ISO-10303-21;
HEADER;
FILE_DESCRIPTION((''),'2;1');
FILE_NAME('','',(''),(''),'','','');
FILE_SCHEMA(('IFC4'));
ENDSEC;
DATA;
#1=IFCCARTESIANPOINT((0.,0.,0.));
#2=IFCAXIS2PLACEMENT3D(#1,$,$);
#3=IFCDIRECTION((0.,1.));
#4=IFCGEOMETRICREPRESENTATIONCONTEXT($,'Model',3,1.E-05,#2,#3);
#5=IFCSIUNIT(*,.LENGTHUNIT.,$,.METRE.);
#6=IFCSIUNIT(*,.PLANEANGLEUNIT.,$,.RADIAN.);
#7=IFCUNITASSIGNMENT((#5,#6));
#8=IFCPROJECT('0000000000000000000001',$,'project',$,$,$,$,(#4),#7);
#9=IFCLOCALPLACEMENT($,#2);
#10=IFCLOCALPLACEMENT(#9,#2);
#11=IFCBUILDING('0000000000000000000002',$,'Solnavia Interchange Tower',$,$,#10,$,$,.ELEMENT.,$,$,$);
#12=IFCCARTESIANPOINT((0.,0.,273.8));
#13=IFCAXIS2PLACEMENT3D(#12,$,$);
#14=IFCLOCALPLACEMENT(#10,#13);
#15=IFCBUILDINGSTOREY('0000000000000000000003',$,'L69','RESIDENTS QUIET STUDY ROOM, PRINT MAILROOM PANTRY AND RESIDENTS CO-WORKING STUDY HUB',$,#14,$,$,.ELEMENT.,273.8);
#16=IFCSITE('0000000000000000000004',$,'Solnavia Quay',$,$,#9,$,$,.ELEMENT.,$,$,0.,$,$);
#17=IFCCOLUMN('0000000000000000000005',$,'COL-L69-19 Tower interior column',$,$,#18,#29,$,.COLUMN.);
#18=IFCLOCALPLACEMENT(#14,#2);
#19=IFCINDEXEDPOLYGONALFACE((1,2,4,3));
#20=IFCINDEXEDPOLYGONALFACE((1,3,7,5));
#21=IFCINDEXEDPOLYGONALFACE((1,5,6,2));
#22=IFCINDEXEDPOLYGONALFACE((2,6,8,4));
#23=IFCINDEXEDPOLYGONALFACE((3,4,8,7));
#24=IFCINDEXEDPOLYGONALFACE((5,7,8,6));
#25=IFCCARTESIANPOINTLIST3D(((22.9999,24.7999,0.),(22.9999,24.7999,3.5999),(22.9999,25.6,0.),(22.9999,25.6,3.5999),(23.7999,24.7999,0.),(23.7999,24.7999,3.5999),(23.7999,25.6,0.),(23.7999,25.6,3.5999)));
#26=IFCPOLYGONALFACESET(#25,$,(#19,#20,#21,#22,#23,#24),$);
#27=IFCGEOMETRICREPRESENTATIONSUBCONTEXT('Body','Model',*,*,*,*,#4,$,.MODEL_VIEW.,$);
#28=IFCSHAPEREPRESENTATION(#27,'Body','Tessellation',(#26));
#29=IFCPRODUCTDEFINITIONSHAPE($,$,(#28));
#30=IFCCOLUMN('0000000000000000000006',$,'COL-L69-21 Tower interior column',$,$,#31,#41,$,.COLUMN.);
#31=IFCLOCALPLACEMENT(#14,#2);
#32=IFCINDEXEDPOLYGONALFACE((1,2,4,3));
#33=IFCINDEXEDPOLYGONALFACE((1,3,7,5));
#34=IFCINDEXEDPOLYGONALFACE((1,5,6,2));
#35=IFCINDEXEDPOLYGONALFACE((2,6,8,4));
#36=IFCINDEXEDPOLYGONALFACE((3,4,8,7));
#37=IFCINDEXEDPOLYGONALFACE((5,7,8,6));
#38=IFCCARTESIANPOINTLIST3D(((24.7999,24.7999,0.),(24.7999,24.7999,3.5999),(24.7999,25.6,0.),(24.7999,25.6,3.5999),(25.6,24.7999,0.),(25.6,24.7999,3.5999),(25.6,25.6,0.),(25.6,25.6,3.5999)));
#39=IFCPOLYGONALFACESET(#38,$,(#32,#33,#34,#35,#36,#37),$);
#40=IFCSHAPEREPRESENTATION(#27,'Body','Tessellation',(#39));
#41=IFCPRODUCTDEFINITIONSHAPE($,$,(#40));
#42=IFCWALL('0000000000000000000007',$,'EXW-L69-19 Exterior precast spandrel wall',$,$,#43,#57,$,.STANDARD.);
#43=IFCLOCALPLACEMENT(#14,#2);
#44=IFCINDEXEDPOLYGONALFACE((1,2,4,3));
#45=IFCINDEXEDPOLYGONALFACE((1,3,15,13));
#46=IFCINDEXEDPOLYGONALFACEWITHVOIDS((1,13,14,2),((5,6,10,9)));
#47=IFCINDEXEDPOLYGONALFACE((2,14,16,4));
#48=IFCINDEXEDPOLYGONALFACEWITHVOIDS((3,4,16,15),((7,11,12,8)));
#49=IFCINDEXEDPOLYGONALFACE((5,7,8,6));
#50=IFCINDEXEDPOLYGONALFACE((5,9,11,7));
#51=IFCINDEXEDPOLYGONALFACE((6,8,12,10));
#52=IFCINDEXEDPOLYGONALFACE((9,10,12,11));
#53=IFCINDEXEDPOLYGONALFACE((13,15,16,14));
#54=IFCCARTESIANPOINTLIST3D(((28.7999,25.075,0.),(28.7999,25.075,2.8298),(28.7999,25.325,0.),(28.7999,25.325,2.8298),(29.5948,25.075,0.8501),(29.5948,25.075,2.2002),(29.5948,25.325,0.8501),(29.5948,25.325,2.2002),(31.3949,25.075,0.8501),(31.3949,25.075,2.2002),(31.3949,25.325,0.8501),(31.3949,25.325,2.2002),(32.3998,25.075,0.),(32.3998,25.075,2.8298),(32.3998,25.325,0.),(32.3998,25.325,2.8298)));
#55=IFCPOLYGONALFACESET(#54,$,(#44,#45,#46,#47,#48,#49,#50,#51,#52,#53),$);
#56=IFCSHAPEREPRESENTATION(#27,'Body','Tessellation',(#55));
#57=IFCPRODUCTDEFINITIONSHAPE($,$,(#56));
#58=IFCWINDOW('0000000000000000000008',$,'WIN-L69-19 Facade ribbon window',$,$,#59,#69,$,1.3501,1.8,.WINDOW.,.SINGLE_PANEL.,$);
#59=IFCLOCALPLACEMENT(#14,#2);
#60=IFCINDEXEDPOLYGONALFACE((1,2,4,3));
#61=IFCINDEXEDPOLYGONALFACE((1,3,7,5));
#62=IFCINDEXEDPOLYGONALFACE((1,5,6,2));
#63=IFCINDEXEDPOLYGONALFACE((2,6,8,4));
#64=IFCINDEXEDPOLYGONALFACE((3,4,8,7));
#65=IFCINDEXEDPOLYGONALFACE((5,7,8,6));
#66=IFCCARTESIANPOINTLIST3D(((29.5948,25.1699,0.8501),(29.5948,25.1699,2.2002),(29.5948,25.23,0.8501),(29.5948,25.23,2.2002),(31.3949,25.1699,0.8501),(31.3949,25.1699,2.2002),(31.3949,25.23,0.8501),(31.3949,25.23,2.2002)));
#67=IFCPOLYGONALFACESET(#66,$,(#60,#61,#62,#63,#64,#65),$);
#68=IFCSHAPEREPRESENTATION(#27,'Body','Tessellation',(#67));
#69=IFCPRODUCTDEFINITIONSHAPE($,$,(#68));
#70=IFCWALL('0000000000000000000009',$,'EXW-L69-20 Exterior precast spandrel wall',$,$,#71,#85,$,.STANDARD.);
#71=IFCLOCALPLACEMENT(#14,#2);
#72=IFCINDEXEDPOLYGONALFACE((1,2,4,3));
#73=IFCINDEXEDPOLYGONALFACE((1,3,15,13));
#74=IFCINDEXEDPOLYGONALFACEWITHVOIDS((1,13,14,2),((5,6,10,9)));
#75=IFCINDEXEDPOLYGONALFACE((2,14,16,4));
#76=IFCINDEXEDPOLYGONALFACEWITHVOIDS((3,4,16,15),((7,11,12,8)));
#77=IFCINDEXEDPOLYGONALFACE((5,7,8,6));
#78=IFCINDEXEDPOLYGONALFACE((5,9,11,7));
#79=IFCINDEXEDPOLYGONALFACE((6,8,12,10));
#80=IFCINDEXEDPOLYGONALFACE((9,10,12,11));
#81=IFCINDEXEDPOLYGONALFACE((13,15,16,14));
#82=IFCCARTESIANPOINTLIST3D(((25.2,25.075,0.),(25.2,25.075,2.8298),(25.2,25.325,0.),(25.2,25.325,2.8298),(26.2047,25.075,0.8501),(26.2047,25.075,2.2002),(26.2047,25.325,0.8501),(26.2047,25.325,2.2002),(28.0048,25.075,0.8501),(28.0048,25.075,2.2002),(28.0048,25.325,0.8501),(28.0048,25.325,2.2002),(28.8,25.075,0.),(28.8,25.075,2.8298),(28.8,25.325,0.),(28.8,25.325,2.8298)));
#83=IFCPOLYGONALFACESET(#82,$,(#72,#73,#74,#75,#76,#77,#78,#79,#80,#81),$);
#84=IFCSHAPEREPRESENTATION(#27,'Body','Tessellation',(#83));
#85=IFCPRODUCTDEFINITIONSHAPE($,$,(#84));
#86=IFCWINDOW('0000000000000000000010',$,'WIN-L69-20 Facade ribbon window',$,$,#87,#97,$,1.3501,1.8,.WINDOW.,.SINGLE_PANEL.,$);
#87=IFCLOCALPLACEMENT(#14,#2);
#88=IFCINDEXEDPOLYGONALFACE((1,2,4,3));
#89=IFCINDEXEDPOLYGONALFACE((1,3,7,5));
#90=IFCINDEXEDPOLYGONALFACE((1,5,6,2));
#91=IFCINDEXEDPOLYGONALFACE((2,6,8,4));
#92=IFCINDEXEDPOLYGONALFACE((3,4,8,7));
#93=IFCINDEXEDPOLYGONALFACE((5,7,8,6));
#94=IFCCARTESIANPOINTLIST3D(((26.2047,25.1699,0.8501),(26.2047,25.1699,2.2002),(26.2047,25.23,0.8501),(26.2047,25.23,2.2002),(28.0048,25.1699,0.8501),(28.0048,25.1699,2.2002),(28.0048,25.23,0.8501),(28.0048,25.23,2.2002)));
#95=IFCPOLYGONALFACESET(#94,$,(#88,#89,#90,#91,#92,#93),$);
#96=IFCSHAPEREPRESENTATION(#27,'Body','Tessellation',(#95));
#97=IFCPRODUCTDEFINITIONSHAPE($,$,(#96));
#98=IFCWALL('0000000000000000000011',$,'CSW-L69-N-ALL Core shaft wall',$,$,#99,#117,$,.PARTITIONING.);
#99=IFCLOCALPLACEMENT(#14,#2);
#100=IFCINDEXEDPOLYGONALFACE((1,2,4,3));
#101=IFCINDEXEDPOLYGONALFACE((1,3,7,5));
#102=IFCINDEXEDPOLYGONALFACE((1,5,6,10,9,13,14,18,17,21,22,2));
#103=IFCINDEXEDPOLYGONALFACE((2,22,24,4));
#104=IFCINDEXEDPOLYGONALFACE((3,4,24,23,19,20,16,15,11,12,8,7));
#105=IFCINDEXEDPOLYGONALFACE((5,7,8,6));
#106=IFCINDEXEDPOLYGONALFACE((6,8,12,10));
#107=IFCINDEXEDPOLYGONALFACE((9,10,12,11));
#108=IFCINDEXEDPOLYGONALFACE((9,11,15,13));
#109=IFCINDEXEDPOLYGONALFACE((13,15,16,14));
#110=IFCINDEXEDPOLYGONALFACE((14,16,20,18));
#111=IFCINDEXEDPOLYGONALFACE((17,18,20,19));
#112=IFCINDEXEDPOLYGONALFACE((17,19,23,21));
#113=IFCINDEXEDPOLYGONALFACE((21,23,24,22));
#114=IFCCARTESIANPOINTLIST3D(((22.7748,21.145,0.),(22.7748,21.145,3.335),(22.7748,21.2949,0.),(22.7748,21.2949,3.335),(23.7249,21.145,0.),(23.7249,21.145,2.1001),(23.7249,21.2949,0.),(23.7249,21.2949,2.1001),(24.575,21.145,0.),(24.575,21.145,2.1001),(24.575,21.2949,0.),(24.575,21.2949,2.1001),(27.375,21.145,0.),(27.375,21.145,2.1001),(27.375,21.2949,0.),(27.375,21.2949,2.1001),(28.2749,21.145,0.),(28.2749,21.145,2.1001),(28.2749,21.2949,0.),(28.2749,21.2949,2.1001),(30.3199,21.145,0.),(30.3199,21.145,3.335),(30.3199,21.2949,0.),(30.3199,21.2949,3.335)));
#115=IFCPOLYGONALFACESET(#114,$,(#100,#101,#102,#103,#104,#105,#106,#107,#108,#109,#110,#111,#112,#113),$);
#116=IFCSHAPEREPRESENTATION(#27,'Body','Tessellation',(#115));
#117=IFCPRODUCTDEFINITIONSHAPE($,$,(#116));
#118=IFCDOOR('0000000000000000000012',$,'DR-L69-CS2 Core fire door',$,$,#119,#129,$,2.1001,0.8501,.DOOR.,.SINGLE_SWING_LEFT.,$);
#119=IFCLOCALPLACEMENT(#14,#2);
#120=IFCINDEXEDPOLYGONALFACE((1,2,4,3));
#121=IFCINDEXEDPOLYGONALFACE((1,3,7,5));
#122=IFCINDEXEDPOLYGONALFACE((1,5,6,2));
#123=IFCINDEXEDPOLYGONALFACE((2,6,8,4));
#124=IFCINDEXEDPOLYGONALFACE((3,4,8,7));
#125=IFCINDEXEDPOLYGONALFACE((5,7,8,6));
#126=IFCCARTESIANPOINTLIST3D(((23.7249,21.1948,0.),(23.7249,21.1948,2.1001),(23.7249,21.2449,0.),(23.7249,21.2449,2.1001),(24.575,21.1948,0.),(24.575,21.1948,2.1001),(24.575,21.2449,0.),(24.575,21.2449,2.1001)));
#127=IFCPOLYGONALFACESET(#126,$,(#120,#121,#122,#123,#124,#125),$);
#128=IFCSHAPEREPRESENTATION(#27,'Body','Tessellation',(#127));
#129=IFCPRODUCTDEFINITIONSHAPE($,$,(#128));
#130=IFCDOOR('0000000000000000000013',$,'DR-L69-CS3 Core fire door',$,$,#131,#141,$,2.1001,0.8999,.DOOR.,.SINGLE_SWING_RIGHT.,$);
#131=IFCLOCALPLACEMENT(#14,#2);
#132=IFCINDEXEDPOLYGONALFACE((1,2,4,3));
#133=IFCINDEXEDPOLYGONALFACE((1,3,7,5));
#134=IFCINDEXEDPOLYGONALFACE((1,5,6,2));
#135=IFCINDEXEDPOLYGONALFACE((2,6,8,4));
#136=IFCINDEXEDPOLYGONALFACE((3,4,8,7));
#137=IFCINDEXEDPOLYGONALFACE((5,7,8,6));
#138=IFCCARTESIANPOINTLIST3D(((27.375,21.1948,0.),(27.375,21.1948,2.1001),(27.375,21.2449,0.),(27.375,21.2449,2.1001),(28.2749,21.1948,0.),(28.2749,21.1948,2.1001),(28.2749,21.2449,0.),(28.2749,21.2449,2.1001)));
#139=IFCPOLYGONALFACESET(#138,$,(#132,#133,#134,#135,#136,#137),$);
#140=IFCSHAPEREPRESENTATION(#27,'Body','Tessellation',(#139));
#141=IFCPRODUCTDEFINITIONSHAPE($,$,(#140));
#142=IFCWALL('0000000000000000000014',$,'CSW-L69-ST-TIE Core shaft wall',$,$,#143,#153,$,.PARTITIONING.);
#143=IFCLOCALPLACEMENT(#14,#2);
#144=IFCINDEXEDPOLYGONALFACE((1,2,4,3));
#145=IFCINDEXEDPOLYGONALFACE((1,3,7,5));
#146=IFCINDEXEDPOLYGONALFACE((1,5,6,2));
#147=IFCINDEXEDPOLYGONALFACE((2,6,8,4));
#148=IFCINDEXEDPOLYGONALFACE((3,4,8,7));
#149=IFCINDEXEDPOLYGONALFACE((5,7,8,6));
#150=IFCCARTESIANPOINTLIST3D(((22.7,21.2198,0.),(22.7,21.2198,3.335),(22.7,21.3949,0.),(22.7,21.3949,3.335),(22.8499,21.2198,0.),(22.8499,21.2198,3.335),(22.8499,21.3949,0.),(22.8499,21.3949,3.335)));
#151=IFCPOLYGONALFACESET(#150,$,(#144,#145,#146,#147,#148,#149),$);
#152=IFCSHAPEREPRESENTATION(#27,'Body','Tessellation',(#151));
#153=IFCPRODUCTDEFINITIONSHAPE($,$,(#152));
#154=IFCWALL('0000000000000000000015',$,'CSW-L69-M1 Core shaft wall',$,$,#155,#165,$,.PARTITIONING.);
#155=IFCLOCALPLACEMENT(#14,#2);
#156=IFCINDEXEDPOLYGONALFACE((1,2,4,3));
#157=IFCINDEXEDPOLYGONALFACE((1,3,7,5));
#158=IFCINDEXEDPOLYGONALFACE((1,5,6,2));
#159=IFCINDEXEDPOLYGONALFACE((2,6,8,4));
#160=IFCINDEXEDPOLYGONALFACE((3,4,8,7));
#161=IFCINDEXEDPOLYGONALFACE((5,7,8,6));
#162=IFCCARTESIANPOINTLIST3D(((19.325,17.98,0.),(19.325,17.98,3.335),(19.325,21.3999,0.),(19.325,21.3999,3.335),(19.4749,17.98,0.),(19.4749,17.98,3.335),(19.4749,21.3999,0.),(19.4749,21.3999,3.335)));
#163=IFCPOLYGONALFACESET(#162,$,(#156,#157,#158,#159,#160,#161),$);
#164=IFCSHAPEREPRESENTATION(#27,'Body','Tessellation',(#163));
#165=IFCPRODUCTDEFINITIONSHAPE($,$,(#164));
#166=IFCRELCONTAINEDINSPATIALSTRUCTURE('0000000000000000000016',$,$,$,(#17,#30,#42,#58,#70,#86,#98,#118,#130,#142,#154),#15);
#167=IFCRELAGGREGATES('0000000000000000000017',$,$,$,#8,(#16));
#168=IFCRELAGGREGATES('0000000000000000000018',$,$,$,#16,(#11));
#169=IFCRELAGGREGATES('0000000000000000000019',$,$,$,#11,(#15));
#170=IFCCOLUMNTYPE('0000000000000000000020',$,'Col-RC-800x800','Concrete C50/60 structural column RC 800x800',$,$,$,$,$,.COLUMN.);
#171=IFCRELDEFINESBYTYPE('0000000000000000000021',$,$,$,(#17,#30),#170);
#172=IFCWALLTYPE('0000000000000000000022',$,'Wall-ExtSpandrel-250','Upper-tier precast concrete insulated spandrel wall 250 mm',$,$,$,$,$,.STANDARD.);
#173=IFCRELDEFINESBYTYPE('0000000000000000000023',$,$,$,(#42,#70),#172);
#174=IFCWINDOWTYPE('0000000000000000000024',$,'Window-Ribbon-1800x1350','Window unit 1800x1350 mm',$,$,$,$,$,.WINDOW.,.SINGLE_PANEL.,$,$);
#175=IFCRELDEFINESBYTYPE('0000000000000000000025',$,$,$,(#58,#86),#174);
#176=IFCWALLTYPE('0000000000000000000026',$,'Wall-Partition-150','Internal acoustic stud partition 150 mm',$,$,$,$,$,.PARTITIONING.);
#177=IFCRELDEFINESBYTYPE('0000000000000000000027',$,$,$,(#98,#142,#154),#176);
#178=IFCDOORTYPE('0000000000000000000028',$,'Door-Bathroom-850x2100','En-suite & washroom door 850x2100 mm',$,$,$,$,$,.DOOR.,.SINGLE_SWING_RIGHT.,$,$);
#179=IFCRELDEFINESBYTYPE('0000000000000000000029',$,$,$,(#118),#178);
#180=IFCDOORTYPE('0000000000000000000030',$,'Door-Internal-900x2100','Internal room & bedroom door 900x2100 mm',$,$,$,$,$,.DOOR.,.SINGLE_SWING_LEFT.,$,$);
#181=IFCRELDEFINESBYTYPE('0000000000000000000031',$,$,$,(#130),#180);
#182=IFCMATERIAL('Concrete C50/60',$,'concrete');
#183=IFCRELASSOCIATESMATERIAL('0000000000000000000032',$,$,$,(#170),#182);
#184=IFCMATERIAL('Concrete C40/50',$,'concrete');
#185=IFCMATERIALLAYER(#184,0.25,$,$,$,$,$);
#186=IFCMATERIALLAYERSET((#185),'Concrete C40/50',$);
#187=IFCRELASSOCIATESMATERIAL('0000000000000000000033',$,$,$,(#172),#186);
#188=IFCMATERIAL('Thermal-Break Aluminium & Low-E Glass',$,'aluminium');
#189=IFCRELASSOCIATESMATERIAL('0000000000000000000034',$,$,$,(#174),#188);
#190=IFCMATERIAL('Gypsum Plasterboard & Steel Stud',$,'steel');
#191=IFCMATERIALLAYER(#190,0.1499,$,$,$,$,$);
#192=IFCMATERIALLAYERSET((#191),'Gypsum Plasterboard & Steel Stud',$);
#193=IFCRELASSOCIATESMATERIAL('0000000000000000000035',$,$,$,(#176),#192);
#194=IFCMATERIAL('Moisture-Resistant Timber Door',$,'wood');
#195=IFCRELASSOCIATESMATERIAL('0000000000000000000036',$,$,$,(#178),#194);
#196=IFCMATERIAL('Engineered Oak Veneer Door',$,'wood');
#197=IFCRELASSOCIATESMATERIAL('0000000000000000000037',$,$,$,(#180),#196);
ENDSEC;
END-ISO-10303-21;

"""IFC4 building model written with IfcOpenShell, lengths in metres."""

from ifc_helpers import new_model, si_unit, direction, frame, frame_2d, origin, origin_2d, place, context, subcontext, project, spatial, rectangle, extrude, material, layer, layer_set, material_profile, profile_set, type_object, element, fill, save


model = new_model("IFC4")

# Units and contexts
model_context = context("Model", 3, precision=1e-05, world=origin(), true_north=direction((0.0, 1.0)))
body_context = subcontext(model_context, "Body", "Model", "MODEL_VIEW")
ifc_project = project(units=[si_unit("LENGTHUNIT", "METRE"), si_unit("PLANEANGLEUNIT", "RADIAN")], contexts=[model_context])

# Site, building, storey
site_placement = place(None, origin())
site = spatial("IfcSite", under=ifc_project, at=site_placement, Name="Solnavia Quay", CompositionType="ELEMENT", RefElevation=0.0)
building_placement = place(site_placement, origin())
building = spatial("IfcBuilding", under=site, at=building_placement, Name="Solnavia Interchange Tower", CompositionType="ELEMENT")
storey_placement = place(building_placement, frame((0.0, 0.0, 273.8)))
storey = spatial("IfcBuildingStorey", under=building, at=storey_placement, Name="L69", Description="RESIDENTS QUIET STUDY ROOM, PRINT MAILROOM PANTRY AND RESIDENTS CO-WORKING STUDY HUB", CompositionType="ELEMENT", Elevation=273.8)

# Columns
ifc_material_1 = material(Name="Concrete C50/60", Category="concrete")
ifc_material_profile = material_profile(ifc_material_1, rectangle(XDim=0.8, YDim=0.8, at=origin_2d()), Name="RC 800x800")
ifc_profile_set = profile_set([ifc_material_profile], Name="Concrete C50/60")
column_type = type_object("IfcColumnType", Name="Col-RC-800x800", Description="Concrete C50/60 structural column RC 800x800", PredefinedType="COLUMN", material=ifc_profile_set)
for number, where, z_axis, x_axis, name in (
    (1, (23.3999, 25.2, 0.0), (0.0, 0.0, 1.0), (1.0, 0.0, 0.0), "COL-L69-19 Tower interior column"),
    (2, (25.2, 25.2, 0.0), (0.0, 0.0, 1.0), (1.0, 0.0, 0.0), "COL-L69-21 Tower interior column"),
):
    element("IfcColumn", number, at=place(storey_placement, frame(where, z_axis=z_axis, x_axis=x_axis)), inside=storey, type_object=column_type, Name=name, PredefinedType="COLUMN", context=body_context, shape_type="SweptSolid", body=[
        extrude(rectangle(XDim=0.8, YDim=0.8, at=origin_2d()), origin(), (0.0, 0.0, 1.0), 3.5999),
    ])

# Walls, openings, windows
ifc_material_2 = material(Name="Concrete C40/50", Category="concrete")
ifc_layer_1 = layer(ifc_material_2, 0.25)
ifc_layer_set_1 = layer_set([ifc_layer_1], Name="Concrete C40/50")
wall_type_1 = type_object("IfcWallType", Name="Wall-ExtSpandrel-250", Description="Upper-tier precast concrete insulated spandrel wall 250 mm", PredefinedType="STANDARD", material=ifc_layer_set_1)
wall_1_placement = place(storey_placement, frame((28.8, 25.2, 0.0), z_axis=(0.0, 0.0, 1.0), x_axis=(1.0, 0.0, 0.0)))
wall_1 = element("IfcWall", 3, at=wall_1_placement, inside=storey, type_object=wall_type_1, Name="EXW-L69-19 Exterior precast spandrel wall", PredefinedType="STANDARD", context=body_context, shape_type="SweptSolid", body=[
    extrude(rectangle(XDim=3.5999, YDim=0.25, at=frame_2d((1.7998, 0.0))), origin(), (0.0, 0.0, 1.0), 2.8298),
])
opening_1_placement = place(wall_1_placement, frame((0.7949, 0.0, 0.8501)))
opening_1 = element("IfcOpeningElement", 4, at=opening_1_placement, cuts=wall_1, PredefinedType="OPENING", context=body_context, shape_type="SweptSolid", body=[
    extrude(rectangle(XDim=1.8, YDim=1.3501, at=frame_2d((0.8999, 0.675))), frame((0.0, 0.135, 0.0), z_axis=(0.0, -1.0, 0.0), x_axis=(1.0, 0.0, 0.0)), (0.0, 0.0, 1.0), 0.27),
])
ifc_material_3 = material(Name="Thermal-Break Aluminium & Low-E Glass", Category="aluminium")
window_type = type_object("IfcWindowType", Name="Window-Ribbon-1800x1350", Description="Window unit 1800x1350 mm", PartitioningType="SINGLE_PANEL", PredefinedType="WINDOW", material=ifc_material_3)
window_1_placement = place(opening_1_placement, origin())
window_1 = element("IfcWindow", 5, at=window_1_placement, inside=storey, type_object=window_type, Name="WIN-L69-19 Facade ribbon window", OverallHeight=1.3501, OverallWidth=1.8, PartitioningType="SINGLE_PANEL", PredefinedType="WINDOW", context=body_context, shape_type="SweptSolid", body=[
    extrude(rectangle(XDim=1.8, YDim=1.3501, at=frame_2d((0.8999, 0.675))), frame((0.0, 0.03, 0.0), z_axis=(0.0, -1.0, 0.0), x_axis=(1.0, 0.0, 0.0)), (0.0, 0.0, 1.0), 0.0601),
])
fill(opening_1, window_1)
wall_2_placement = place(storey_placement, frame((25.2, 25.2, 0.0), z_axis=(0.0, 0.0, 1.0), x_axis=(1.0, 0.0, 0.0)))
wall_2 = element("IfcWall", 6, at=wall_2_placement, inside=storey, type_object=wall_type_1, Name="EXW-L69-20 Exterior precast spandrel wall", PredefinedType="STANDARD", context=body_context, shape_type="SweptSolid", body=[
    extrude(rectangle(XDim=3.6001, YDim=0.25, at=frame_2d((1.8, 0.0))), origin(), (0.0, 0.0, 1.0), 2.8298),
])
opening_2_placement = place(wall_2_placement, frame((1.0049, 0.0, 0.8501)))
opening_2 = element("IfcOpeningElement", 7, at=opening_2_placement, cuts=wall_2, PredefinedType="OPENING", context=body_context, shape_type="SweptSolid", body=[
    extrude(rectangle(XDim=1.8, YDim=1.3501, at=frame_2d((0.8999, 0.675))), frame((0.0, 0.135, 0.0), z_axis=(0.0, -1.0, 0.0), x_axis=(1.0, 0.0, 0.0)), (0.0, 0.0, 1.0), 0.27),
])
window_2_placement = place(opening_2_placement, origin())
window_2 = element("IfcWindow", 8, at=window_2_placement, inside=storey, type_object=window_type, Name="WIN-L69-20 Facade ribbon window", OverallHeight=1.3501, OverallWidth=1.8, PartitioningType="SINGLE_PANEL", PredefinedType="WINDOW", context=body_context, shape_type="SweptSolid", body=[
    extrude(rectangle(XDim=1.8, YDim=1.3501, at=frame_2d((0.8999, 0.675))), frame((0.0, 0.03, 0.0), z_axis=(0.0, -1.0, 0.0), x_axis=(1.0, 0.0, 0.0)), (0.0, 0.0, 1.0), 0.0601),
])
fill(opening_2, window_2)

# Wall, openings, doors
ifc_material_4 = material(Name="Gypsum Plasterboard & Steel Stud", Category="steel")
ifc_layer_2 = layer(ifc_material_4, 0.1499)
ifc_layer_set_2 = layer_set([ifc_layer_2], Name="Gypsum Plasterboard & Steel Stud")
wall_type_2 = type_object("IfcWallType", Name="Wall-Partition-150", Description="Internal acoustic stud partition 150 mm", PredefinedType="PARTITIONING", material=ifc_layer_set_2)
wall_3_placement = place(storey_placement, frame((22.7749, 21.22, 0.0), z_axis=(0.0, 0.0, 1.0), x_axis=(1.0, 0.0, 0.0)))
wall_3 = element("IfcWall", 9, at=wall_3_placement, inside=storey, type_object=wall_type_2, Name="CSW-L69-N-ALL Core shaft wall", PredefinedType="PARTITIONING", context=body_context, shape_type="SweptSolid", body=[
    extrude(rectangle(XDim=7.5452, YDim=0.1499, at=frame_2d((3.7725, 0.0))), origin(), (0.0, 0.0, 1.0), 3.335),
])
opening_3_placement = place(wall_3_placement, frame((0.95, 0.0, 0.0)))
opening_3 = element("IfcOpeningElement", 10, at=opening_3_placement, cuts=wall_3, PredefinedType="OPENING", context=body_context, shape_type="SweptSolid", body=[
    extrude(rectangle(XDim=0.8501, YDim=2.1001, at=frame_2d((0.425, 1.05))), frame((0.0, 0.085, 0.0), z_axis=(0.0, -1.0, 0.0), x_axis=(1.0, 0.0, 0.0)), (0.0, 0.0, 1.0), 0.1699),
])
opening_4_placement = place(wall_3_placement, frame((4.6001, 0.0, 0.0)))
opening_4 = element("IfcOpeningElement", 11, at=opening_4_placement, cuts=wall_3, PredefinedType="OPENING", context=body_context, shape_type="SweptSolid", body=[
    extrude(rectangle(XDim=0.8999, YDim=2.1001, at=frame_2d((0.45, 1.05))), frame((0.0, 0.085, 0.0), z_axis=(0.0, -1.0, 0.0), x_axis=(1.0, 0.0, 0.0)), (0.0, 0.0, 1.0), 0.1699),
])
ifc_material_5 = material(Name="Moisture-Resistant Timber Door", Category="wood")
door_type_1 = type_object("IfcDoorType", Name="Door-Bathroom-850x2100", Description="En-suite & washroom door 850x2100 mm", OperationType="SINGLE_SWING_RIGHT", PredefinedType="DOOR", material=ifc_material_5)
door_1_placement = place(opening_3_placement, origin())
door_1 = element("IfcDoor", 12, at=door_1_placement, inside=storey, type_object=door_type_1, Name="DR-L69-CS2 Core fire door", OperationType="SINGLE_SWING_LEFT", OverallHeight=2.1001, OverallWidth=0.8501, PredefinedType="DOOR", context=body_context, shape_type="SweptSolid", body=[
    extrude(rectangle(XDim=0.8501, YDim=2.1001, at=frame_2d((0.425, 1.05))), frame((0.0, 0.0249, 0.0), z_axis=(0.0, -1.0, 0.0), x_axis=(1.0, 0.0, 0.0)), (0.0, 0.0, 1.0), 0.05),
])
fill(opening_3, door_1)
ifc_material_6 = material(Name="Engineered Oak Veneer Door", Category="wood")
door_type_2 = type_object("IfcDoorType", Name="Door-Internal-900x2100", Description="Internal room & bedroom door 900x2100 mm", OperationType="SINGLE_SWING_LEFT", PredefinedType="DOOR", material=ifc_material_6)
door_2_placement = place(opening_4_placement, origin())
door_2 = element("IfcDoor", 13, at=door_2_placement, inside=storey, type_object=door_type_2, Name="DR-L69-CS3 Core fire door", OperationType="SINGLE_SWING_RIGHT", OverallHeight=2.1001, OverallWidth=0.8999, PredefinedType="DOOR", context=body_context, shape_type="SweptSolid", body=[
    extrude(rectangle(XDim=0.8999, YDim=2.1001, at=frame_2d((0.45, 1.05))), frame((0.0, 0.0249, 0.0), z_axis=(0.0, -1.0, 0.0), x_axis=(1.0, 0.0, 0.0)), (0.0, 0.0, 1.0), 0.05),
])
fill(opening_4, door_2)

# Walls
wall_4_placement = place(storey_placement, frame((22.7749, 21.22, 0.0), z_axis=(0.0, 0.0, 1.0), x_axis=(0.0, 1.0, 0.0)))
element("IfcWall", 14, at=wall_4_placement, inside=storey, type_object=wall_type_2, Name="CSW-L69-ST-TIE Core shaft wall", PredefinedType="PARTITIONING", context=body_context, shape_type="SweptSolid", body=[
    extrude(rectangle(XDim=0.175, YDim=0.1499, at=frame_2d((0.0874, 0.0))), origin(), (0.0, 0.0, 1.0), 3.335),
])
wall_5_placement = place(storey_placement, frame((19.3999, 17.98, 0.0), z_axis=(0.0, 0.0, 1.0), x_axis=(0.0, 1.0, 0.0)))
element("IfcWall", 15, at=wall_5_placement, inside=storey, type_object=wall_type_2, Name="CSW-L69-M1 Core shaft wall", PredefinedType="PARTITIONING", context=body_context, shape_type="SweptSolid", body=[
    extrude(rectangle(XDim=3.4199, YDim=0.1499, at=frame_2d((1.71, 0.0))), origin(), (0.0, 0.0, 1.0), 3.335),
])

save(model, "model.ifc")
